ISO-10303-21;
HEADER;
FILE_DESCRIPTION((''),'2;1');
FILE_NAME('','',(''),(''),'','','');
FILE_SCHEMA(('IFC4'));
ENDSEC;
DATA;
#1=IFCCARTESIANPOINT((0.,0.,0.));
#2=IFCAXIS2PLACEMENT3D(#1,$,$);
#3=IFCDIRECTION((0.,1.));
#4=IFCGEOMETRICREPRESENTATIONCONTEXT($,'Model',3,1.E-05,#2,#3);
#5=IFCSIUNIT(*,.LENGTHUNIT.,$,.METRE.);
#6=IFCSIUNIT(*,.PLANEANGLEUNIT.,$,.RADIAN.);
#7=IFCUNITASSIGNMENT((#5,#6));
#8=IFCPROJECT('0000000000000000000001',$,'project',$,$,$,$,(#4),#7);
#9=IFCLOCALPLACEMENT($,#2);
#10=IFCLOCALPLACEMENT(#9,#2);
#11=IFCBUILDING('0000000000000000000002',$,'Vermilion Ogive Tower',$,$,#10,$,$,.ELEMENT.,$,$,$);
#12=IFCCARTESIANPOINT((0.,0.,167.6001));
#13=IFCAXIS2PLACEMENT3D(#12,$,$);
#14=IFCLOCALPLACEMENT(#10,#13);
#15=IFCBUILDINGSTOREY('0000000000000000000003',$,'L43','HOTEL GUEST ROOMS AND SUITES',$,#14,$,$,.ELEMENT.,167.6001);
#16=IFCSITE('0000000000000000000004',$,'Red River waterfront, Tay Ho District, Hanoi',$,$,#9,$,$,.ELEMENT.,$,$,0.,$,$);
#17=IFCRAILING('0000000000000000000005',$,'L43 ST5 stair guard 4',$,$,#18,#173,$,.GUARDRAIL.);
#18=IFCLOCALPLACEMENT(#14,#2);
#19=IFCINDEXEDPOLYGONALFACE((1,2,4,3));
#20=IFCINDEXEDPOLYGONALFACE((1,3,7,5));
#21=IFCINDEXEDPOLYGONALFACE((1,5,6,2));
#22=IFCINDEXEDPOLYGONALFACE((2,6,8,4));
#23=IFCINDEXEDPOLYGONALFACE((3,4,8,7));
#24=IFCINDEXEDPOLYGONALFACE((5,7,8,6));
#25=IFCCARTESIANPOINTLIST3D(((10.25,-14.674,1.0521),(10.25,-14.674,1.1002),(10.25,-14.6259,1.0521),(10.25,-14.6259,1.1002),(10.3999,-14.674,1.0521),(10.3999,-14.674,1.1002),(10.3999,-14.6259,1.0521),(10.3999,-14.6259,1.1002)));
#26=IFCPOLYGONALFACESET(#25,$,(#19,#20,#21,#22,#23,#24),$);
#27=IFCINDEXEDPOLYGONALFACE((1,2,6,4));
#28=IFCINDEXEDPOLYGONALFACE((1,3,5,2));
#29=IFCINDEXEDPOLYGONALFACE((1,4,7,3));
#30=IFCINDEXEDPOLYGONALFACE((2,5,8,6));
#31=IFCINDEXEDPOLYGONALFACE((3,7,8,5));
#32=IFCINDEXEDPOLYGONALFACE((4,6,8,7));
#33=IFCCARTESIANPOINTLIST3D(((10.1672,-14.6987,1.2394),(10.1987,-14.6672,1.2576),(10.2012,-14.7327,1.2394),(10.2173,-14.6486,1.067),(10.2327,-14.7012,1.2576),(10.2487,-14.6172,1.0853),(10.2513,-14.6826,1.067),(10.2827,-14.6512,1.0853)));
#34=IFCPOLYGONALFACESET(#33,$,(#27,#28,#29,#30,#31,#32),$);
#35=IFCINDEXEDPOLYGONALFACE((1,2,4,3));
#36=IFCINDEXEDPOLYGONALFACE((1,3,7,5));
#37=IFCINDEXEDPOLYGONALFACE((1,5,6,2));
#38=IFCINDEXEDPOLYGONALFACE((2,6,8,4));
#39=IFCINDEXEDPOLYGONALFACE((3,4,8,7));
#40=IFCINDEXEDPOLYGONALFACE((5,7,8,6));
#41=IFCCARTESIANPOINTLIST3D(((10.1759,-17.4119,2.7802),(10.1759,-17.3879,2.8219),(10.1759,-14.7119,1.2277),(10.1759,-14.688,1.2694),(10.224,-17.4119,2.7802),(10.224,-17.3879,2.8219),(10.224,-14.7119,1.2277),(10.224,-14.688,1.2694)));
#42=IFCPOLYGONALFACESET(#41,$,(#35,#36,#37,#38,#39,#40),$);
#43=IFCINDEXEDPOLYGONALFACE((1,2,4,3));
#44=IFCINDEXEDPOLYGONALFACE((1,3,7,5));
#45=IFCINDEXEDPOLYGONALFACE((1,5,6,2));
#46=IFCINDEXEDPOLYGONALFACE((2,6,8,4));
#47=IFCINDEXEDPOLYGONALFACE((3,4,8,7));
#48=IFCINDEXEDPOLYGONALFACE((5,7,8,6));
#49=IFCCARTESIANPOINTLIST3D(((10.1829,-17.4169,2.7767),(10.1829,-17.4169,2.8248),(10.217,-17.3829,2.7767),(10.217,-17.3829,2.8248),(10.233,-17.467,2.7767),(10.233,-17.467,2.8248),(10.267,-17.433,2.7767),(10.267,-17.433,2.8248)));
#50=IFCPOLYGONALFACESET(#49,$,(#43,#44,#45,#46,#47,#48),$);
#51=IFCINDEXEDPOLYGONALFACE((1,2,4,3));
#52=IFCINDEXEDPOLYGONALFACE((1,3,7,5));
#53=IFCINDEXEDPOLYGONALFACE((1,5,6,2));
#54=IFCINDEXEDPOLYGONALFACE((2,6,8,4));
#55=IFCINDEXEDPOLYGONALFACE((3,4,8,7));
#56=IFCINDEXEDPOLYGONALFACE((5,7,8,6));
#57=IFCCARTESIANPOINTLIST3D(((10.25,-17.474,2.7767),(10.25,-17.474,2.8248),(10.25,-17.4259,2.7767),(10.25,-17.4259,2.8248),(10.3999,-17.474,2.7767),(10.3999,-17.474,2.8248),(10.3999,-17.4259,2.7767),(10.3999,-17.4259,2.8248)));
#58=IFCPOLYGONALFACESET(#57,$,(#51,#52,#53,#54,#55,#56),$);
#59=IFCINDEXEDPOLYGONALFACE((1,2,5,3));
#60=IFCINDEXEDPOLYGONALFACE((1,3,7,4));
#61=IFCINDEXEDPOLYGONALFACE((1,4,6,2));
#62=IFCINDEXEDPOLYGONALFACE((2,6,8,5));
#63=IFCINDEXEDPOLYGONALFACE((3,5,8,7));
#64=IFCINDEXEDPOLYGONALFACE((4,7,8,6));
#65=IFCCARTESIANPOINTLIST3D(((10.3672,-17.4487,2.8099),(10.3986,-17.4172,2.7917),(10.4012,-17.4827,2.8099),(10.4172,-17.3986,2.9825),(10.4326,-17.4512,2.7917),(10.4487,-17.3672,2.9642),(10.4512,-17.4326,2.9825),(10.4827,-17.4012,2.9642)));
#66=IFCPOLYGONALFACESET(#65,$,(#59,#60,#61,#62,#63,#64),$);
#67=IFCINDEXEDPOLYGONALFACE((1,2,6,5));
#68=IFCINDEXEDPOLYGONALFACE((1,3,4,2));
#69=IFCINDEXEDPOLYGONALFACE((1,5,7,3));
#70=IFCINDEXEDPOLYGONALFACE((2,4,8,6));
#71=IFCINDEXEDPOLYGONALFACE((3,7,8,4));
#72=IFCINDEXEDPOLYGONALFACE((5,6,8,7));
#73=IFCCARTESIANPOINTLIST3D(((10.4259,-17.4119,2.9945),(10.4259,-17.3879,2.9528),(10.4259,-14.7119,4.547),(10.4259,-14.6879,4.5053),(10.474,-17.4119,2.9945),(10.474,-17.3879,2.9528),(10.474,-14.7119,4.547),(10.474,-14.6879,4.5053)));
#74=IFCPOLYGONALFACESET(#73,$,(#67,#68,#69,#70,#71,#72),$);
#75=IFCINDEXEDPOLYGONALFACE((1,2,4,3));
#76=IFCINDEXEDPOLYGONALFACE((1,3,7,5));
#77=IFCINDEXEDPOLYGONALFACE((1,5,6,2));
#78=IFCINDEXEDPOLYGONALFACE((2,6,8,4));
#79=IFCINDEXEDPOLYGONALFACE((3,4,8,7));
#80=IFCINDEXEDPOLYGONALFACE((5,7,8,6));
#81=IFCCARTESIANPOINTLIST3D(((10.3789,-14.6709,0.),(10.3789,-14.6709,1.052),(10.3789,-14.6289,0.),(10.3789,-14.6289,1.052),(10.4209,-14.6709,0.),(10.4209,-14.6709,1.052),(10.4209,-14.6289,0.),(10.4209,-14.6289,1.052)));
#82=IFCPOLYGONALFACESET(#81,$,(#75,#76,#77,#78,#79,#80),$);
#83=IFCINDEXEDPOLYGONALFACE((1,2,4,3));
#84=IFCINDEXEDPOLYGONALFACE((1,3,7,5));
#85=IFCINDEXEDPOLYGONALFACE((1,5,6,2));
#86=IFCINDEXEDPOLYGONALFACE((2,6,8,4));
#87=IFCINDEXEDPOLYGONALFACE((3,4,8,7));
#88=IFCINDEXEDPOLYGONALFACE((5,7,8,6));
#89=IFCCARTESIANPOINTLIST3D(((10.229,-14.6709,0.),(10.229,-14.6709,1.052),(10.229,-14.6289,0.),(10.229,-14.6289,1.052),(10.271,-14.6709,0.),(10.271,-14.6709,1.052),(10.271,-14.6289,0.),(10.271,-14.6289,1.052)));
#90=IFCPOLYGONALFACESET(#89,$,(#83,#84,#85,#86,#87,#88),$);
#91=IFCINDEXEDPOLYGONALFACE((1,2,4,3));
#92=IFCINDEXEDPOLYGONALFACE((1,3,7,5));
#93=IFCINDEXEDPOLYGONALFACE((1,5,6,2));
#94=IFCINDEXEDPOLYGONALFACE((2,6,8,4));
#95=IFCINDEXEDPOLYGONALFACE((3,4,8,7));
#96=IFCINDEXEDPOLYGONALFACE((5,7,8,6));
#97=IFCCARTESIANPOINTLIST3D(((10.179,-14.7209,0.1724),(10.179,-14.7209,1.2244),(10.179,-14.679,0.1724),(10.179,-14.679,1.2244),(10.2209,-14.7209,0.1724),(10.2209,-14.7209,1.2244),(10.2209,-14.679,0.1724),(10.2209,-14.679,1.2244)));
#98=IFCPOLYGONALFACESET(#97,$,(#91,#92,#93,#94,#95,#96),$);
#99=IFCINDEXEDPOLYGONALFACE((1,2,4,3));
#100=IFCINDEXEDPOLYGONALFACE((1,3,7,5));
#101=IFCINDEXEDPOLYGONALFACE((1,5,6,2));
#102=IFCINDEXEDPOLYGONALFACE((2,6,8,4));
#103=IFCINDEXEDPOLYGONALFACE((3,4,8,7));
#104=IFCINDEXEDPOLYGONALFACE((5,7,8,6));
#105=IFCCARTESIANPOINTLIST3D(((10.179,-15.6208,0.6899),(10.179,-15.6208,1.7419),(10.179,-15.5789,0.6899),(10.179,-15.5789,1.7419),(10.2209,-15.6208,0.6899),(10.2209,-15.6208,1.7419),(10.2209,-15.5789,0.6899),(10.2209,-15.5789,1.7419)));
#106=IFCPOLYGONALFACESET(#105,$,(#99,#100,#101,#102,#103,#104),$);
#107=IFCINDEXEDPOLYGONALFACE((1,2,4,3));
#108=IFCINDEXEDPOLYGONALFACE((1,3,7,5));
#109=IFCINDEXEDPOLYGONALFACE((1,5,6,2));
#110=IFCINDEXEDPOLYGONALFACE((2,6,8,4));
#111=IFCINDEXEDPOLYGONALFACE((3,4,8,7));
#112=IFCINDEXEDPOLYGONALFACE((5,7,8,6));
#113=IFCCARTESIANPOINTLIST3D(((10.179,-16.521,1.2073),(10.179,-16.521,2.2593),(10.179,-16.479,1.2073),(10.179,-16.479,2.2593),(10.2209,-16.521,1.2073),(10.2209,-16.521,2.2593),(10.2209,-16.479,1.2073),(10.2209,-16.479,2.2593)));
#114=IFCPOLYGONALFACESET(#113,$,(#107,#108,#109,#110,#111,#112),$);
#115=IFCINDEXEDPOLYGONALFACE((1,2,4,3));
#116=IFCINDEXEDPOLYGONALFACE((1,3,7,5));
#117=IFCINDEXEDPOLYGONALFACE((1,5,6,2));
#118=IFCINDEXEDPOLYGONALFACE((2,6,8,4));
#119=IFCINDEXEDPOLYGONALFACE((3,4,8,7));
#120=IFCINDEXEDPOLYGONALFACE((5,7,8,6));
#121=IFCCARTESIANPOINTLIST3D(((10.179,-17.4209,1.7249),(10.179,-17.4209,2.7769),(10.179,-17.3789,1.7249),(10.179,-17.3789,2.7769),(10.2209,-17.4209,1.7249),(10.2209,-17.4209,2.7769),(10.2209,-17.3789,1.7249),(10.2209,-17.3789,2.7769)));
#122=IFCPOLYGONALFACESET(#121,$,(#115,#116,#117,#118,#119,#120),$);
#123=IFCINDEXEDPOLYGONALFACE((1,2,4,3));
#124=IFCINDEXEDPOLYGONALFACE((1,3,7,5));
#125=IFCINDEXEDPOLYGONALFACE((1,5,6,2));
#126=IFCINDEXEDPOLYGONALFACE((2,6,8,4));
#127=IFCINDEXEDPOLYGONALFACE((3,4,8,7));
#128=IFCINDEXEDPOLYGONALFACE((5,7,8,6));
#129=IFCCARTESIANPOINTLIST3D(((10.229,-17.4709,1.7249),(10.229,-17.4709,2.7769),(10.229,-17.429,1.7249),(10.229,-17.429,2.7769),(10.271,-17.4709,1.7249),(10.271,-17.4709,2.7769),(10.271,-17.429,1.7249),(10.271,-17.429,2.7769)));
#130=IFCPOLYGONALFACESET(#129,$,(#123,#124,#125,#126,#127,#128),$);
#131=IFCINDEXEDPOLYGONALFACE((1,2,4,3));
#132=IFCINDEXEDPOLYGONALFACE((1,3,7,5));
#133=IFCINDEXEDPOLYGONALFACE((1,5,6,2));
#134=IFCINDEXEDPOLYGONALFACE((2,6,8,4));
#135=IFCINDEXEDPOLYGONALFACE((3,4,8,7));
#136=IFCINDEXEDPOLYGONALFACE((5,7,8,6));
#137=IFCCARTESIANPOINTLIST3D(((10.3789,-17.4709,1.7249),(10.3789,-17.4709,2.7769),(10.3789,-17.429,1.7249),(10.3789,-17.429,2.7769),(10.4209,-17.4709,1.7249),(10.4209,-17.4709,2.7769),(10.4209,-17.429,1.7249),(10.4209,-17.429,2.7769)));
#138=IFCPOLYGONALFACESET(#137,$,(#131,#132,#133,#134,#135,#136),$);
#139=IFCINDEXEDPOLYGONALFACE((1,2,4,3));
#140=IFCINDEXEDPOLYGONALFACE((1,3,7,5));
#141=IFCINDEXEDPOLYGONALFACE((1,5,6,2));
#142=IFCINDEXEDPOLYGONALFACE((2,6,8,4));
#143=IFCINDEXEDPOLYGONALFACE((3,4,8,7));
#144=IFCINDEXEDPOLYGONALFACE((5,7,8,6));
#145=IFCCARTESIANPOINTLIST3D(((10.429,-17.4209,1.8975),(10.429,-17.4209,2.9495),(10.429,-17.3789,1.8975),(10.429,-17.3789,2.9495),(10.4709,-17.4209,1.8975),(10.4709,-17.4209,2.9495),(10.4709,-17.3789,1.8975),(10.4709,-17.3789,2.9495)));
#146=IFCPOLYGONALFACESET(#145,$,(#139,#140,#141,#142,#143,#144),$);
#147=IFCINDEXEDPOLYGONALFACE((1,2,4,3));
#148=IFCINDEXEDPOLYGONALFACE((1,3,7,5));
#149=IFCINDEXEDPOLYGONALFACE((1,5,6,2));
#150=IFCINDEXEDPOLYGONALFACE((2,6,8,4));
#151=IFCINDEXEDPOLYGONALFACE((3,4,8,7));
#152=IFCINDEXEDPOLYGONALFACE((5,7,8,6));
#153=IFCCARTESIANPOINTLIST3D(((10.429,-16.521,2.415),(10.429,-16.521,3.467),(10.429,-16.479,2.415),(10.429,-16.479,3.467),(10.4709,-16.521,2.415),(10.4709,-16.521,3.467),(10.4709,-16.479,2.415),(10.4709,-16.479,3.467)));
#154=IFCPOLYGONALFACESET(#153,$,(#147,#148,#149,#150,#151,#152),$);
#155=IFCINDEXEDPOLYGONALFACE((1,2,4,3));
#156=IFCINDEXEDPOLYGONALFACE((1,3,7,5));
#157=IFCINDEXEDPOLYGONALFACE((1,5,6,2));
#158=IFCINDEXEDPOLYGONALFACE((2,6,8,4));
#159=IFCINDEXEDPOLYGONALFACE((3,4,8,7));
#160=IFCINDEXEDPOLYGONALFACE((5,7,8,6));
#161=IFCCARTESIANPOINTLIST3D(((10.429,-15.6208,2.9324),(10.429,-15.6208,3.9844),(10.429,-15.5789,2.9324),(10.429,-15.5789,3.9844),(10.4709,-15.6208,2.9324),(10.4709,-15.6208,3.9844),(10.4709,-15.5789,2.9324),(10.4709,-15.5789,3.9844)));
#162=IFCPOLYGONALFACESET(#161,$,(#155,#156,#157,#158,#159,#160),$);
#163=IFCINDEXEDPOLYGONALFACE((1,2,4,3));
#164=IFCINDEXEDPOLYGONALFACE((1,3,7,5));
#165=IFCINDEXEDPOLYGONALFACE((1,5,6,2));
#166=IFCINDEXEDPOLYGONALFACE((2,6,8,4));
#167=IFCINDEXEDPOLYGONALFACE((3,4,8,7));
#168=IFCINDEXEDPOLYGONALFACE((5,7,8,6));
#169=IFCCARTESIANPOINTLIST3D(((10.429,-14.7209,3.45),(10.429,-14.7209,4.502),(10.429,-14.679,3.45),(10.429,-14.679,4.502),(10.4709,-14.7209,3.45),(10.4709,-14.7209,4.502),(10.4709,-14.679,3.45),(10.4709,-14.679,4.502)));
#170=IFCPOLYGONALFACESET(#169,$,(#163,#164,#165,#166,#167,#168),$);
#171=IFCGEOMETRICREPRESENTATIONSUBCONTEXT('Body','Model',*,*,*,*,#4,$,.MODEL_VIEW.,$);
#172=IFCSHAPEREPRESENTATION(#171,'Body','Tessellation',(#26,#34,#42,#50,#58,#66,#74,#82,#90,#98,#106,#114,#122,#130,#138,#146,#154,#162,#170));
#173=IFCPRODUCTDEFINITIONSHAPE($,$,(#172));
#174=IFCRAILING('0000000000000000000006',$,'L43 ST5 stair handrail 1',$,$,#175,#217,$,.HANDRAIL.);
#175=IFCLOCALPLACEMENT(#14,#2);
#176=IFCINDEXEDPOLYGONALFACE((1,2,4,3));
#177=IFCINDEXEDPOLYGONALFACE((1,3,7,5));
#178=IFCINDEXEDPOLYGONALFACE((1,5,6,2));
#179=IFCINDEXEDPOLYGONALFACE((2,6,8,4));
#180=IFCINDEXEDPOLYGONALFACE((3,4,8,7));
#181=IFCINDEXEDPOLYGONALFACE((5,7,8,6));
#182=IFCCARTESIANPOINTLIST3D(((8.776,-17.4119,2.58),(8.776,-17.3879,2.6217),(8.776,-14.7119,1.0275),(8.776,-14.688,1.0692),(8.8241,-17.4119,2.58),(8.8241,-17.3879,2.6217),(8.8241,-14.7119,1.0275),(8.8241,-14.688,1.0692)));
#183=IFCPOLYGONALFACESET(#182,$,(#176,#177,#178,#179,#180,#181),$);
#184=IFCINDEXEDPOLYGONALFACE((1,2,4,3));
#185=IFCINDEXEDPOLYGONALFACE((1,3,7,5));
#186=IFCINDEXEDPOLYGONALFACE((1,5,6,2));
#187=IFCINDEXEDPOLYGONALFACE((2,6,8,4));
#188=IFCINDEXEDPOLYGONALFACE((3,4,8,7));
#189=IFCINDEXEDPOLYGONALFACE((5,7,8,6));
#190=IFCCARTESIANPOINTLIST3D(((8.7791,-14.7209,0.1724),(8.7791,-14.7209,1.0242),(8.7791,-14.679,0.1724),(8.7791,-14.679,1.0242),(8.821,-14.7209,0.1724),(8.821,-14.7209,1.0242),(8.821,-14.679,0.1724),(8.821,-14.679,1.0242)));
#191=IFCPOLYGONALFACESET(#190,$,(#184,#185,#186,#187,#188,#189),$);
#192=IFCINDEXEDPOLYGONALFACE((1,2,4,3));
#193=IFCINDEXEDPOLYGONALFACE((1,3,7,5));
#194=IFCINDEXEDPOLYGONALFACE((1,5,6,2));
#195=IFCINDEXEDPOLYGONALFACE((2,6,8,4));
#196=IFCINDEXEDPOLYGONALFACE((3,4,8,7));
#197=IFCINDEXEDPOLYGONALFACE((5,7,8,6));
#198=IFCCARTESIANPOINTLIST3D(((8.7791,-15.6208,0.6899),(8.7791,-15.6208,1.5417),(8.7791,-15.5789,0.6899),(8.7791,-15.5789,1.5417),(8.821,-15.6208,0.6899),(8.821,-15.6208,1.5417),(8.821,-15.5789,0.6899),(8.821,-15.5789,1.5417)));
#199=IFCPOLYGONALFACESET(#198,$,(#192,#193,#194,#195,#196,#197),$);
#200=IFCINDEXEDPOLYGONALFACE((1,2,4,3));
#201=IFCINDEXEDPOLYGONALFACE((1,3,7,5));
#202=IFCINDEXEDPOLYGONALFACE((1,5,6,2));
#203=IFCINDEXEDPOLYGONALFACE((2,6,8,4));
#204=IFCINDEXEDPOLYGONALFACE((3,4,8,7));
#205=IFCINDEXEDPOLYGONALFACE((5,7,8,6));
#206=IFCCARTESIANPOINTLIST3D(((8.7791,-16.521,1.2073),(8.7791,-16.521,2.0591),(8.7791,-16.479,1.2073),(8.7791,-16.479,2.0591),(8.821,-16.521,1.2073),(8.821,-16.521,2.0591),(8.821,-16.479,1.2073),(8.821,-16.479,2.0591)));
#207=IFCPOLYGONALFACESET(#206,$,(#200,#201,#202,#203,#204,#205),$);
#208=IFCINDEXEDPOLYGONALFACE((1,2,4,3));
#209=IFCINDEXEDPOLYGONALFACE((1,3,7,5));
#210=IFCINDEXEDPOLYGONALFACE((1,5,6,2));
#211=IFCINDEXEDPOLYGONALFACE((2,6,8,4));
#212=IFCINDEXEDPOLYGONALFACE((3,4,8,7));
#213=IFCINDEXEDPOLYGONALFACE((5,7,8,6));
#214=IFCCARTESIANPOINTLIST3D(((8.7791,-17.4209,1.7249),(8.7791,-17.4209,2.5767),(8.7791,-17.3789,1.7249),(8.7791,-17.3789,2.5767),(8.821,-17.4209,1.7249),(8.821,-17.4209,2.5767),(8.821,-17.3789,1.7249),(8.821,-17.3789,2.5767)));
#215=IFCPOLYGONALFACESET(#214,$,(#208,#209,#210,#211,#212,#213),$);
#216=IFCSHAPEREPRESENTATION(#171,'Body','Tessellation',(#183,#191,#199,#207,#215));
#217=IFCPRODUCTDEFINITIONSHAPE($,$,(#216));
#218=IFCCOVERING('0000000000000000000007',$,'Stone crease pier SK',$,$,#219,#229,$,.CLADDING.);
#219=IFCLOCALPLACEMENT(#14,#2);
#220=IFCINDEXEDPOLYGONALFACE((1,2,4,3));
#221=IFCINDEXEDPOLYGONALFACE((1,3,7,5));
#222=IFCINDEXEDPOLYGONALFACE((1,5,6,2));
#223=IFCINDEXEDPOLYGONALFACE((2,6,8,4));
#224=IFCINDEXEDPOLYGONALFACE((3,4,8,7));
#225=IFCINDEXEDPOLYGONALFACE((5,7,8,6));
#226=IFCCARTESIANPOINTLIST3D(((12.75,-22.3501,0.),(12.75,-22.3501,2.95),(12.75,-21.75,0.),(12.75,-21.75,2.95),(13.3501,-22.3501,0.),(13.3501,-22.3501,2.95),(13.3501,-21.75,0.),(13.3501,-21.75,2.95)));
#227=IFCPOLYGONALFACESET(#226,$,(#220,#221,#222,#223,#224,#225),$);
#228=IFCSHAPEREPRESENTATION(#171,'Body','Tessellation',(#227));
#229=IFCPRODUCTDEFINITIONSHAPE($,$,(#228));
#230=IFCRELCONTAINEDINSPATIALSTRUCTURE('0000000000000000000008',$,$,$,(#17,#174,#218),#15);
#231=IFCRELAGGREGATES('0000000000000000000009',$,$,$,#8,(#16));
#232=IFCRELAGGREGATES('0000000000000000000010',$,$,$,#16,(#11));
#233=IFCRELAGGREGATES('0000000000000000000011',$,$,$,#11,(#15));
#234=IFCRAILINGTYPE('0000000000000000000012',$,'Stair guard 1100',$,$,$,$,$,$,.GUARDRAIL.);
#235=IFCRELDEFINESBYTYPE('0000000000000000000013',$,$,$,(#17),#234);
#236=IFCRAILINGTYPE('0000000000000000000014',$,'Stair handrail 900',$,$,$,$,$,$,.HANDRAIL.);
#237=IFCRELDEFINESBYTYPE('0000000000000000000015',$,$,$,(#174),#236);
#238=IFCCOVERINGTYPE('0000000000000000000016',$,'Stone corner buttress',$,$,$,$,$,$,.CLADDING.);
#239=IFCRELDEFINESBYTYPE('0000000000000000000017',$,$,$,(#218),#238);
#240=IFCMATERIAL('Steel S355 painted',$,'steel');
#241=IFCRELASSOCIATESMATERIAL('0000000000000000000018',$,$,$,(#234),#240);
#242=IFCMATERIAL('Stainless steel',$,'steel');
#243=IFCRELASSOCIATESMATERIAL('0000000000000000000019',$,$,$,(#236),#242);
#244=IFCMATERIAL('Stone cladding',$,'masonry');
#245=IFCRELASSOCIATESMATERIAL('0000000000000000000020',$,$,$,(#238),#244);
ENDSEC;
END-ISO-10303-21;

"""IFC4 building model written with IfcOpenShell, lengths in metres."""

from ifc_helpers import new_model, si_unit, direction, frame, origin, origin_2d, place, context, subcontext, project, spatial, polyline, rectangle, outline, extrude, material, type_object, element, save


model = new_model("IFC4")

# Units and contexts
model_context = context("Model", 3, precision=1e-05, world=origin(), true_north=direction((0.0, 1.0)))
body_context = subcontext(model_context, "Body", "Model", "MODEL_VIEW")
ifc_project = project(units=[si_unit("LENGTHUNIT", "METRE"), si_unit("PLANEANGLEUNIT", "RADIAN")], contexts=[model_context])

# Site, building, storey
site_placement = place(None, origin())
site = spatial("IfcSite", under=ifc_project, at=site_placement, Name="Red River waterfront, Tay Ho District, Hanoi", CompositionType="ELEMENT", RefElevation=0.0)
building_placement = place(site_placement, origin())
building = spatial("IfcBuilding", under=site, at=building_placement, Name="Vermilion Ogive Tower", CompositionType="ELEMENT")
storey_placement = place(building_placement, frame((0.0, 0.0, 167.6001)))
storey = spatial("IfcBuildingStorey", under=building, at=storey_placement, Name="L43", Description="HOTEL GUEST ROOMS AND SUITES", CompositionType="ELEMENT", Elevation=167.6001)

# Railings
ifc_material_1 = material(Name="Steel S355 painted", Category="steel")
railing_type_1 = type_object("IfcRailingType", Name="Stair guard 1100", PredefinedType="GUARDRAIL", material=ifc_material_1)
railing_1_placement = place(storey_placement, frame((10.3999, -14.6499, 0.0)))
element("IfcRailing", 1, at=railing_1_placement, inside=storey, type_object=railing_type_1, Name="L43 ST5 stair guard 4", PredefinedType="GUARDRAIL", context=body_context, shape_type="SweptSolid", body=[
    extrude(rectangle(XDim=0.0481, YDim=0.0481, at=origin_2d()), frame((0.0, 0.0, 1.0762), z_axis=(-1.0, 0.0, 0.0), x_axis=(0.0, -1.0, 0.0)), (0.0, 0.0, 1.0), 0.1499),
    extrude(rectangle(XDim=0.0481, YDim=0.0481, at=origin_2d()), frame((-0.1499, 0.0, 1.0762), z_axis=(-0.268603, -0.268603, 0.925043), x_axis=(0.707107, -0.707107, 0.0)), (0.0, 0.0, 1.0), 0.1863),
    extrude(rectangle(XDim=0.0481, YDim=0.0481, at=origin_2d()), frame((-0.2, -0.05, 1.2485), z_axis=(0.0, -0.866904, 0.498476), x_axis=(1.0, 0.0, 0.0)), (0.0, 0.0, 1.0), 3.1145),
    extrude(rectangle(XDim=0.0481, YDim=0.0481, at=origin_2d()), frame((-0.2, -2.75, 2.8008), z_axis=(0.707107, -0.707107, 0.0), x_axis=(0.707107, 0.707107, 0.0)), (0.0, 0.0, 1.0), 0.0708),
    extrude(rectangle(XDim=0.0481, YDim=0.0481, at=origin_2d()), frame((-0.1499, -2.8, 2.8008), z_axis=(1.0, 0.0, 0.0), x_axis=(0.0, 1.0, 0.0)), (0.0, 0.0, 1.0), 0.1499),
    extrude(rectangle(XDim=0.0481, YDim=0.0481, at=origin_2d()), frame((0.0, -2.8, 2.8008), z_axis=(0.268278, 0.268278, 0.925232), x_axis=(-0.707107, 0.707107, 0.0)), (0.0, 0.0, 1.0), 0.1865),
    extrude(rectangle(XDim=0.0481, YDim=0.0481, at=origin_2d()), frame((0.05, -2.75, 2.9736), z_axis=(0.0, 0.866904, 0.498476), x_axis=(-1.0, 0.0, 0.0)), (0.0, 0.0, 1.0), 3.1145),
    extrude(rectangle(XDim=0.042, YDim=0.042, at=origin_2d()), origin(), (0.0, 0.0, 1.0), 1.052),
    extrude(rectangle(XDim=0.042, YDim=0.042, at=origin_2d()), frame((-0.1499, 0.0, 0.0)), (0.0, 0.0, 1.0), 1.052),
    extrude(rectangle(XDim=0.042, YDim=0.042, at=origin_2d()), frame((-0.2, -0.05, 0.1724)), (0.0, 0.0, 1.0), 1.052),
    extrude(rectangle(XDim=0.042, YDim=0.042, at=origin_2d()), frame((-0.2, -0.95, 0.6899)), (0.0, 0.0, 1.0), 1.052),
    extrude(rectangle(XDim=0.042, YDim=0.042, at=origin_2d()), frame((-0.2, -1.8501, 1.2073)), (0.0, 0.0, 1.0), 1.052),
    extrude(rectangle(XDim=0.042, YDim=0.042, at=origin_2d()), frame((-0.2, -2.75, 1.7249)), (0.0, 0.0, 1.0), 1.052),
    extrude(rectangle(XDim=0.042, YDim=0.042, at=origin_2d()), frame((-0.1499, -2.8, 1.7249)), (0.0, 0.0, 1.0), 1.052),
    extrude(rectangle(XDim=0.042, YDim=0.042, at=origin_2d()), frame((0.0, -2.8, 1.7249)), (0.0, 0.0, 1.0), 1.052),
    extrude(rectangle(XDim=0.042, YDim=0.042, at=origin_2d()), frame((0.05, -2.75, 1.8975)), (0.0, 0.0, 1.0), 1.052),
    extrude(rectangle(XDim=0.042, YDim=0.042, at=origin_2d()), frame((0.05, -1.8501, 2.415)), (0.0, 0.0, 1.0), 1.052),
    extrude(rectangle(XDim=0.042, YDim=0.042, at=origin_2d()), frame((0.05, -0.95, 2.9324)), (0.0, 0.0, 1.0), 1.052),
    extrude(rectangle(XDim=0.042, YDim=0.042, at=origin_2d()), frame((0.05, -0.05, 3.45)), (0.0, 0.0, 1.0), 1.052),
])
ifc_material_2 = material(Name="Stainless steel", Category="steel")
railing_type_2 = type_object("IfcRailingType", Name="Stair handrail 900", PredefinedType="HANDRAIL", material=ifc_material_2)
railing_2_placement = place(storey_placement, frame((8.8, -14.7, 0.1724)))
element("IfcRailing", 2, at=railing_2_placement, inside=storey, type_object=railing_type_2, Name="L43 ST5 stair handrail 1", PredefinedType="HANDRAIL", context=body_context, shape_type="SweptSolid", body=[
    extrude(rectangle(XDim=0.0481, YDim=0.0481, at=origin_2d()), frame((0.0, 0.0, 0.876), z_axis=(0.0, -0.866904, 0.498476), x_axis=(1.0, 0.0, 0.0)), (0.0, 0.0, 1.0), 3.1145),
    extrude(rectangle(XDim=0.042, YDim=0.042, at=origin_2d()), origin(), (0.0, 0.0, 1.0), 0.8518),
    extrude(rectangle(XDim=0.042, YDim=0.042, at=origin_2d()), frame((0.0, -0.8999, 0.5176)), (0.0, 0.0, 1.0), 0.8518),
    extrude(rectangle(XDim=0.042, YDim=0.042, at=origin_2d()), frame((0.0, -1.8, 1.0349)), (0.0, 0.0, 1.0), 0.8518),
    extrude(rectangle(XDim=0.042, YDim=0.042, at=origin_2d()), frame((0.0, -2.7, 1.5525)), (0.0, 0.0, 1.0), 0.8518),
])

# Covering
ifc_material_3 = material(Name="Stone cladding", Category="masonry")
covering_type = type_object("IfcCoveringType", Name="Stone corner buttress", PredefinedType="CLADDING", material=ifc_material_3)
covering_1_placement = place(storey_placement, origin())
element("IfcCovering", 3, at=covering_1_placement, inside=storey, type_object=covering_type, Name="Stone crease pier SK", PredefinedType="CLADDING", context=body_context, shape_type="SweptSolid", body=[
    extrude(outline(polyline([(12.75, -22.3501), (13.3501, -22.3501), (13.3501, -21.75), (12.75, -21.75), (12.75, -22.3501)])), origin(), (0.0, 0.0, 1.0), 2.95),
])

save(model, "model.ifc")
